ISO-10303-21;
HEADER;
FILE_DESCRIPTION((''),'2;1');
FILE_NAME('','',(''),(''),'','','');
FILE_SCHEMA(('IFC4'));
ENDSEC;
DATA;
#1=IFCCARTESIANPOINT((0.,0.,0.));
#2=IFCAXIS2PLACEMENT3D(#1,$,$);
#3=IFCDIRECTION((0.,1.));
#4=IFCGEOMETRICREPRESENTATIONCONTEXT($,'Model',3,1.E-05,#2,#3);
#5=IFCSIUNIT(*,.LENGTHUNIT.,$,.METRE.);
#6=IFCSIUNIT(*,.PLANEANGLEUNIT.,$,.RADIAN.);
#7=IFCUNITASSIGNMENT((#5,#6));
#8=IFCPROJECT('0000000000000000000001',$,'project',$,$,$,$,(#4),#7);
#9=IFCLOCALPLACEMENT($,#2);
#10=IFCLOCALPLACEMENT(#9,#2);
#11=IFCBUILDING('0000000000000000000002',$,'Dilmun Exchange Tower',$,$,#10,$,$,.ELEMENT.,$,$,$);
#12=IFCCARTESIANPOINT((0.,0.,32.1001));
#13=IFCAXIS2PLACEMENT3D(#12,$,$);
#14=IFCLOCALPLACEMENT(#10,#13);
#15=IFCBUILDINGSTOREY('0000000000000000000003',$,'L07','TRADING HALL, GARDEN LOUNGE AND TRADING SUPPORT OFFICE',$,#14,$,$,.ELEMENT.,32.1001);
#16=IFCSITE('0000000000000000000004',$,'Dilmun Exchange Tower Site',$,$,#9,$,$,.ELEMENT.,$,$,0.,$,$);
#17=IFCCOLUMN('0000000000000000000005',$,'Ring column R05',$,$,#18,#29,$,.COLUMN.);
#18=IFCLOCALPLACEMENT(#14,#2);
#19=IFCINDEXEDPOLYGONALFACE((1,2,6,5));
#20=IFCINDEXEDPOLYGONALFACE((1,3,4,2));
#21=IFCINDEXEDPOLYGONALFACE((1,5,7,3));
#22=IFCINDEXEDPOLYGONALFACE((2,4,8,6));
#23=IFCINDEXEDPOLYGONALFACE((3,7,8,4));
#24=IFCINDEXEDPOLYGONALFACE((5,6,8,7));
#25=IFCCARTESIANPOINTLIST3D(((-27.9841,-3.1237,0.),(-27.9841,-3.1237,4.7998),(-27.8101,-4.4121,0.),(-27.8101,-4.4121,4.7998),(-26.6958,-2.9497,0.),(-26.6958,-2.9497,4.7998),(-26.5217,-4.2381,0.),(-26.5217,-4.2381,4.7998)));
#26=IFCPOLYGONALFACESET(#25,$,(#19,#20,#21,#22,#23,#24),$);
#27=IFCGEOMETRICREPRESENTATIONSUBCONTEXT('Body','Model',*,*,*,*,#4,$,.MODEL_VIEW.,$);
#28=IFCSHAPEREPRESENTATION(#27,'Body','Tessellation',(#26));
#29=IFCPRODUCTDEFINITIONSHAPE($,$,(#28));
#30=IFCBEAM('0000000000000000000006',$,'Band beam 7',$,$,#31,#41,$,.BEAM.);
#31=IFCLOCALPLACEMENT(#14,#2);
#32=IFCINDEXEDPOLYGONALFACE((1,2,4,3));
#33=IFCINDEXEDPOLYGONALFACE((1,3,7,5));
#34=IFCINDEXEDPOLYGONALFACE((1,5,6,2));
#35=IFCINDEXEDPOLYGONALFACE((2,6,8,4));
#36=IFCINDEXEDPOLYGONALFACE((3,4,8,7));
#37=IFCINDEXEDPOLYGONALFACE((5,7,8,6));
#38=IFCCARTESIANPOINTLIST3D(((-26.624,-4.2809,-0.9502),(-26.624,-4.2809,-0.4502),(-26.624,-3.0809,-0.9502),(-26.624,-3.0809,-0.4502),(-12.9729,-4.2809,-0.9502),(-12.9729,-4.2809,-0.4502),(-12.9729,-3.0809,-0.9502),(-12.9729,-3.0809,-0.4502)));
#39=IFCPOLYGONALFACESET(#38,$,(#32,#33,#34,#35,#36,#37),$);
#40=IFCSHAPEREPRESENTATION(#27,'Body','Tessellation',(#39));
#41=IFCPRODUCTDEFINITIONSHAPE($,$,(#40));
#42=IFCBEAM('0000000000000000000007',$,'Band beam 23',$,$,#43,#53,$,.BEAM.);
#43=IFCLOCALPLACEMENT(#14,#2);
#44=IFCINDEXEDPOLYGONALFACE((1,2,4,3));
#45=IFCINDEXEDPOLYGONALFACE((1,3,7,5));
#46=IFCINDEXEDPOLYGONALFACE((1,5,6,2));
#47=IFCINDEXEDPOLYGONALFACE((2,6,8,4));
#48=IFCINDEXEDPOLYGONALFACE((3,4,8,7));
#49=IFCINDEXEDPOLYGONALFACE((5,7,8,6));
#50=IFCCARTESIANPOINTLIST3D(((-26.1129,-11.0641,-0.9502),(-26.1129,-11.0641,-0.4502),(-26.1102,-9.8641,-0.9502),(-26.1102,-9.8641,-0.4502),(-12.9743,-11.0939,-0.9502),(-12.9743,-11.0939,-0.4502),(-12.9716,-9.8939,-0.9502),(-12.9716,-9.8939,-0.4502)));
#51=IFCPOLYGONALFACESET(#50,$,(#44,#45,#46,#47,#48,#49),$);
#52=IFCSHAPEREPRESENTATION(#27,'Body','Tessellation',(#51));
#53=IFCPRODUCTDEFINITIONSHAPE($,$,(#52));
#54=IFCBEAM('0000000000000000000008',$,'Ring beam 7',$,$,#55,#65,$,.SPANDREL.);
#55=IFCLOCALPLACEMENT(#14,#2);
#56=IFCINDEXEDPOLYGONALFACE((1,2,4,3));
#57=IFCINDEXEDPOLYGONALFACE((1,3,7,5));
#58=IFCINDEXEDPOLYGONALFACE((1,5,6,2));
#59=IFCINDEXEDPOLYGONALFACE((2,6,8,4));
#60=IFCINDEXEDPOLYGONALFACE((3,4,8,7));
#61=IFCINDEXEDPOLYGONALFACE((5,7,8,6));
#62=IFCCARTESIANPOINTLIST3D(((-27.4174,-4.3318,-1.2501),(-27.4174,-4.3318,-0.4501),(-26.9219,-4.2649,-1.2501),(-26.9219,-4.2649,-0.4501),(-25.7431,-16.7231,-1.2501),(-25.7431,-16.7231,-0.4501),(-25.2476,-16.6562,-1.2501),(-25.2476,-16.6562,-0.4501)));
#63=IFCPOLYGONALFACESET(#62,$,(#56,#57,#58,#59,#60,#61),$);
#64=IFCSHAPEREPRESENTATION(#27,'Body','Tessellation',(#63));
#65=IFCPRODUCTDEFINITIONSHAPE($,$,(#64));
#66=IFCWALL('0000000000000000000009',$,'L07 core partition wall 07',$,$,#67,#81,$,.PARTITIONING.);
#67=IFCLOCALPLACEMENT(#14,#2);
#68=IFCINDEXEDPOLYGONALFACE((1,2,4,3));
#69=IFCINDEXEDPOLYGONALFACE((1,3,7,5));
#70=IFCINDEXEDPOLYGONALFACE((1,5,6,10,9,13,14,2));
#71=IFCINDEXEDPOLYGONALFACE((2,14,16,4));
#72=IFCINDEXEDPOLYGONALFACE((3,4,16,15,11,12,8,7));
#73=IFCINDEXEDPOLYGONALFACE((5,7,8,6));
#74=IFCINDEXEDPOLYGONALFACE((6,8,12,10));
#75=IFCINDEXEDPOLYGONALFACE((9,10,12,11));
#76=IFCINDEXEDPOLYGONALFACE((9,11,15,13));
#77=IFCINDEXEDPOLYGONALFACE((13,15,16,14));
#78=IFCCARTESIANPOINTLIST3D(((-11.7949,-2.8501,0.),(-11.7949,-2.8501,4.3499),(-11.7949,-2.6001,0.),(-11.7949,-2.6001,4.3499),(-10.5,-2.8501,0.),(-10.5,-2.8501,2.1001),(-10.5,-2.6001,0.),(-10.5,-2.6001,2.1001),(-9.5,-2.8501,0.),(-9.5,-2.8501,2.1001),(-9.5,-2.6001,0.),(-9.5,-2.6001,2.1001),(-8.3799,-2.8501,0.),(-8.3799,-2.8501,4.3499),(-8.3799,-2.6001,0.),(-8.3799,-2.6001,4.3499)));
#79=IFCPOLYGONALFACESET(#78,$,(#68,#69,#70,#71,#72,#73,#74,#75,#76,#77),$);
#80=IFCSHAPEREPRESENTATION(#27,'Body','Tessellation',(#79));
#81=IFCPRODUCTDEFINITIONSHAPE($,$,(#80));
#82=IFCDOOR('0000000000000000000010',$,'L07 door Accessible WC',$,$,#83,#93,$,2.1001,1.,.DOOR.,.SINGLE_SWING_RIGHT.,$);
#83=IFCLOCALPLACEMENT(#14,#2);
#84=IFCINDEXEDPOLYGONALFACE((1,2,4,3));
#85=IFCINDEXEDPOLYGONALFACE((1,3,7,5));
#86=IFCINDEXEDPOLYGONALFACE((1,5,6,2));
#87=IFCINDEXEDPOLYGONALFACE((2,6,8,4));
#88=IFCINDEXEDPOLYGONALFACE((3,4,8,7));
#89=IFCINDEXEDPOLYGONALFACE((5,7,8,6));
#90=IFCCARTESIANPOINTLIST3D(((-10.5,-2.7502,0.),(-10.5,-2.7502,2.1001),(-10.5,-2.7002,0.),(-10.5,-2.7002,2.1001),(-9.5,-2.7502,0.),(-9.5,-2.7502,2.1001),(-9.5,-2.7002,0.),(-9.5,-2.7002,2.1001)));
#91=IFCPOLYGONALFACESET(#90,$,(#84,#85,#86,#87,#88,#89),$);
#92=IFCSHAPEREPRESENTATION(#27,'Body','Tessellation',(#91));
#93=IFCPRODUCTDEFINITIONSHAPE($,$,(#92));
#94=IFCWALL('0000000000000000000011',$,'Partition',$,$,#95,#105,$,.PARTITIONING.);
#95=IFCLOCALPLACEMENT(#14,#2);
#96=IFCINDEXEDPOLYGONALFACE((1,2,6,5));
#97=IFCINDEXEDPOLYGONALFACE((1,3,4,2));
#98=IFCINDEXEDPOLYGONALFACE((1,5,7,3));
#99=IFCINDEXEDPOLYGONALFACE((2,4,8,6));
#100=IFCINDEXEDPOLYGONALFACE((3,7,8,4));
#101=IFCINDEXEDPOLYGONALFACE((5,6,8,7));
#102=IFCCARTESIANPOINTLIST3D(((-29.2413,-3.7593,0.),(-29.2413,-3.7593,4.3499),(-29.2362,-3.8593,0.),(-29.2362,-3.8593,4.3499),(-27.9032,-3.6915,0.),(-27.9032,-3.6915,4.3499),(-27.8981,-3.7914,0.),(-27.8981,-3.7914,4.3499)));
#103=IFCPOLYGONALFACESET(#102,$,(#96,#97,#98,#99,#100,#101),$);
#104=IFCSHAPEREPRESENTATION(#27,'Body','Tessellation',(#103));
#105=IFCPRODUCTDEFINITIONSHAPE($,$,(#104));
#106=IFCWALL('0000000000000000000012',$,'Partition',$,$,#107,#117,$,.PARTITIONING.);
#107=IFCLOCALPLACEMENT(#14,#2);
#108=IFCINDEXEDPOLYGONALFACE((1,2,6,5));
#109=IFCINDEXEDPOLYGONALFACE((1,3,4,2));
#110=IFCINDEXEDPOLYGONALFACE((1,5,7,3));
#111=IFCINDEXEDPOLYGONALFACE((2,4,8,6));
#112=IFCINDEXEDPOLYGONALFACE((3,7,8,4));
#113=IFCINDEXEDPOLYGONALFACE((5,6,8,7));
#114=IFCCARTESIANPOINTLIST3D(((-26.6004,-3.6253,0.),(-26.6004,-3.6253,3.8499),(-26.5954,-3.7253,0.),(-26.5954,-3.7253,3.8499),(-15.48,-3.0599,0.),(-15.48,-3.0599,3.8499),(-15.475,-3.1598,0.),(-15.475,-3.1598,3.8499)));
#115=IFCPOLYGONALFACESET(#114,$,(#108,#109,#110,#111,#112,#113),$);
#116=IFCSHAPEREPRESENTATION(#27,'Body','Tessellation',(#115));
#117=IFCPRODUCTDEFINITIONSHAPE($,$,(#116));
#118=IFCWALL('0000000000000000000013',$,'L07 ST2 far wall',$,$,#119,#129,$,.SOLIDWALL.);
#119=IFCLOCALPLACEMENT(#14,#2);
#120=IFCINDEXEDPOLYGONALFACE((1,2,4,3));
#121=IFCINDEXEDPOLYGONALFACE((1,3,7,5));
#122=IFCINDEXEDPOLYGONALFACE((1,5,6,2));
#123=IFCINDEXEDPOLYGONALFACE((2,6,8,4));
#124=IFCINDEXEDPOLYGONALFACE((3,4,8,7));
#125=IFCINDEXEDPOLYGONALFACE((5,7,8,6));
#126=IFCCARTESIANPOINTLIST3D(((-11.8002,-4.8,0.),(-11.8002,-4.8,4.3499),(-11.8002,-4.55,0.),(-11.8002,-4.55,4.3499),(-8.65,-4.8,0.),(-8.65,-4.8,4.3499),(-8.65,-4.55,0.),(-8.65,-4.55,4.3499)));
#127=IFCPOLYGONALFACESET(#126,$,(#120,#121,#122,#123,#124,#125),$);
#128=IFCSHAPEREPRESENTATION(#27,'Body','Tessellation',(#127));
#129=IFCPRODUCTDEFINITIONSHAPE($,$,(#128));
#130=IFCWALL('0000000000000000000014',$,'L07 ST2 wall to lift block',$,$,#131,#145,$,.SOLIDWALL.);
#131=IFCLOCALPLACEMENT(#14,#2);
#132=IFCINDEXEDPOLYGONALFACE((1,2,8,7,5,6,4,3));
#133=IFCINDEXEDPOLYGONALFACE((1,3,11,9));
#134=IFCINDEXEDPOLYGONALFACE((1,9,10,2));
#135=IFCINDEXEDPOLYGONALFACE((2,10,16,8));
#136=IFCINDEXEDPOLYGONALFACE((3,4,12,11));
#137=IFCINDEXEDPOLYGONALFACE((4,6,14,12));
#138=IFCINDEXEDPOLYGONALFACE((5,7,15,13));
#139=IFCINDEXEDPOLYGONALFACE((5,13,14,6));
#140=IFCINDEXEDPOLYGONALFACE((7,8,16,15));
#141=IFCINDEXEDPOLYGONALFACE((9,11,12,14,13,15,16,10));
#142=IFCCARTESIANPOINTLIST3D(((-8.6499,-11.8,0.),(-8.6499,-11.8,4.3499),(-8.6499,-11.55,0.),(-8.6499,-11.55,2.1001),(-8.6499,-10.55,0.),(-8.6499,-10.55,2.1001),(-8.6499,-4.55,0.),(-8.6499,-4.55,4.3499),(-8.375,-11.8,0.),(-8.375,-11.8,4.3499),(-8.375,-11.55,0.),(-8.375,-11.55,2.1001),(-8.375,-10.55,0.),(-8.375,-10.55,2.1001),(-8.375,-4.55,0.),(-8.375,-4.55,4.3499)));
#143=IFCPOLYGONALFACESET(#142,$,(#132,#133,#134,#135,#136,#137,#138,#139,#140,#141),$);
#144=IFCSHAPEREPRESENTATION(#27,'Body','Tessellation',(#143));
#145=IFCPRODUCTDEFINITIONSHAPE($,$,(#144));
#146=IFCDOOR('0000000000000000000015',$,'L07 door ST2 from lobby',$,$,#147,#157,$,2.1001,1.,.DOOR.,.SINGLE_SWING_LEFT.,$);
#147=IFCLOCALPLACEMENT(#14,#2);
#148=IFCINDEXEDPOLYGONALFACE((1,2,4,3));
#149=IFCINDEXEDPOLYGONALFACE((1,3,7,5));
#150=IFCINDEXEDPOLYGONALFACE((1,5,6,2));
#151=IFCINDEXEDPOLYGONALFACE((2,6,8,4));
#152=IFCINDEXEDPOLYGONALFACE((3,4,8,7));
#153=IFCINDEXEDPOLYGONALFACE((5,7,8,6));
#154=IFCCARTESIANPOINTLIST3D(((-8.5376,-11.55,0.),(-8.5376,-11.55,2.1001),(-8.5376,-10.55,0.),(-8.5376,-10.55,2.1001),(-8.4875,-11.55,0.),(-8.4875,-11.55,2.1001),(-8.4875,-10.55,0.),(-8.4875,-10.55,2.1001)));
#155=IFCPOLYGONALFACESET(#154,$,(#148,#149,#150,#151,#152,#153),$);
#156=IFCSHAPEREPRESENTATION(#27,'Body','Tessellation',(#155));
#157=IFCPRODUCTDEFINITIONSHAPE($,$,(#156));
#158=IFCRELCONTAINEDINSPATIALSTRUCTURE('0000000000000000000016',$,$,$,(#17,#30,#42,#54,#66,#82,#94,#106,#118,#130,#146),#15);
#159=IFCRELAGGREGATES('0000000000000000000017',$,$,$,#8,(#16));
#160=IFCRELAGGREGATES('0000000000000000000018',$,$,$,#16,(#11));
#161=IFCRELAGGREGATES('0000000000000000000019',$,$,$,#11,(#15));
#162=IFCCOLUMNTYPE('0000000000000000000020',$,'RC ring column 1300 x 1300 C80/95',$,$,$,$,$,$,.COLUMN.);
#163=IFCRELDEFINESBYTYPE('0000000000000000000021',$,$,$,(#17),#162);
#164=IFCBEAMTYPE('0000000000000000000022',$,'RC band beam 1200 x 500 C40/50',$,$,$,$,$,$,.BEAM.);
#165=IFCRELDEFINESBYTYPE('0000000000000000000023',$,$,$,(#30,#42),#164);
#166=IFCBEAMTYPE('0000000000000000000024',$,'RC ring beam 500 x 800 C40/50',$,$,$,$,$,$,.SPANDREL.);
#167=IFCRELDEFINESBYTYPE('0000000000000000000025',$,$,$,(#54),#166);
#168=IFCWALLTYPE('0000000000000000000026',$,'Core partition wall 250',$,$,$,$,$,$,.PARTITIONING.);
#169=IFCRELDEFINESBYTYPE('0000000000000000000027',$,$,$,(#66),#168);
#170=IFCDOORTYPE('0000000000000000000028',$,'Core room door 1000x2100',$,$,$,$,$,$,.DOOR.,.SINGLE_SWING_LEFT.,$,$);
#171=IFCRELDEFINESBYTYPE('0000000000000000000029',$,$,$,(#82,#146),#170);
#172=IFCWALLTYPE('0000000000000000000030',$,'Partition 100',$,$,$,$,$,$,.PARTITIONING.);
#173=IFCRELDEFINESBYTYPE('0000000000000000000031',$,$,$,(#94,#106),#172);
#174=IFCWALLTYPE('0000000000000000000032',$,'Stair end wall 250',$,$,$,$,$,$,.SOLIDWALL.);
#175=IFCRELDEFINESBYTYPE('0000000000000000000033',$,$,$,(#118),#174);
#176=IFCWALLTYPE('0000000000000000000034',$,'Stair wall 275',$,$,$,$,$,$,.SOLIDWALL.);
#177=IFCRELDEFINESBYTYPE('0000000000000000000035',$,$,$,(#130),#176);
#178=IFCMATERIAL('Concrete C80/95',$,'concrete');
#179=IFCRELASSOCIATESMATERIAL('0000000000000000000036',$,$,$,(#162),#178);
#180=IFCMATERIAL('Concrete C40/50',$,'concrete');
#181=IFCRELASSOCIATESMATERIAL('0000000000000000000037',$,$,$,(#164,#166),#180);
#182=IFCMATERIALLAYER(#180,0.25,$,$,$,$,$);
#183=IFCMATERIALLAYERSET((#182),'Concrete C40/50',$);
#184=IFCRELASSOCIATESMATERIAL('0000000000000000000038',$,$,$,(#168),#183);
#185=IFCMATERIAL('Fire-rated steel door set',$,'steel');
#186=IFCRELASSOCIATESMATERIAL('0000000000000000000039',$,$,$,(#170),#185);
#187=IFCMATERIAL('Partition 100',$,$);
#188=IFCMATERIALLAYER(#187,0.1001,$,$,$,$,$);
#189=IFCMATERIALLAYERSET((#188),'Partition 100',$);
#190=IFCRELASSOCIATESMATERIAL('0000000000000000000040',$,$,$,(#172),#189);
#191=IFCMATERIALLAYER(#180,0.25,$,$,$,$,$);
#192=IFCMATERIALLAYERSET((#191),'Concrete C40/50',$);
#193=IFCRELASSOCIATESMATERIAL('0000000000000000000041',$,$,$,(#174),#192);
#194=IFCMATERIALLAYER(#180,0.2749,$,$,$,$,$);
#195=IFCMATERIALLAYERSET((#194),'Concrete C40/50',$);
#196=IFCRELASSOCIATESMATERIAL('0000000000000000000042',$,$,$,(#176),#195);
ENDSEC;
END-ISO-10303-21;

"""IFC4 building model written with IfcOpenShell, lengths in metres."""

from ifc_helpers import new_model, si_unit, direction, frame, frame_2d, origin, origin_2d, place, context, subcontext, project, spatial, rectangle, extrude, material, layer, layer_set, material_profile, profile_set, type_object, element, fill, save


model = new_model("IFC4")

# Units and contexts
model_context = context("Model", 3, precision=1e-05, world=origin(), true_north=direction((0.0, 1.0)))
body_context = subcontext(model_context, "Body", "Model", "MODEL_VIEW")
ifc_project = project(units=[si_unit("LENGTHUNIT", "METRE"), si_unit("PLANEANGLEUNIT", "RADIAN")], contexts=[model_context])

# Site, building, storey
site_placement = place(None, origin())
site = spatial("IfcSite", under=ifc_project, at=site_placement, Name="Dilmun Exchange Tower Site", CompositionType="ELEMENT", RefElevation=0.0)
building_placement = place(site_placement, origin())
building = spatial("IfcBuilding", under=site, at=building_placement, Name="Dilmun Exchange Tower", CompositionType="ELEMENT")
storey_placement = place(building_placement, frame((0.0, 0.0, 32.1001)))
storey = spatial("IfcBuildingStorey", under=building, at=storey_placement, Name="L07", Description="TRADING HALL, GARDEN LOUNGE AND TRADING SUPPORT OFFICE", CompositionType="ELEMENT", Elevation=32.1001)

# Column
ifc_material_1 = material(Name="Concrete C80/95", Category="concrete")
ifc_material_profile_1 = material_profile(ifc_material_1, rectangle(XDim=1.3, YDim=1.3, at=origin_2d()), Name="1300 x 1300")
ifc_profile_set_1 = profile_set([ifc_material_profile_1], Name="Concrete C80/95")
column_type = type_object("IfcColumnType", Name="RC ring column 1300 x 1300 C80/95", PredefinedType="COLUMN", material=ifc_profile_set_1)
column_placement = place(storey_placement, frame((-27.2529, -3.6809, 0.0), z_axis=(0.0, 0.0, 1.0), x_axis=(0.991001, 0.133853, 0.0)))
element("IfcColumn", 1, at=column_placement, inside=storey, type_object=column_type, Name="Ring column R05", PredefinedType="COLUMN", context=body_context, shape_type="SweptSolid", body=[
    extrude(rectangle(XDim=1.3, YDim=1.3, at=origin_2d()), origin(), (0.0, 0.0, 1.0), 4.7998),
])

# Beams
ifc_material_2 = material(Name="Concrete C40/50", Category="concrete")
ifc_material_profile_2 = material_profile(ifc_material_2, rectangle(XDim=1.2, YDim=0.5, at=origin_2d()), Name="1200 x 500")
ifc_profile_set_2 = profile_set([ifc_material_profile_2], Name="Concrete C40/50")
beam_type_1 = type_object("IfcBeamType", Name="RC band beam 1200 x 500 C40/50", PredefinedType="BEAM", material=ifc_profile_set_2)
beam_1_placement = place(storey_placement, frame((-26.624, -3.6809, -0.7002), z_axis=(1.0, 0.0, 0.0), x_axis=(0.0, 1.0, 0.0)))
element("IfcBeam", 2, at=beam_1_placement, inside=storey, type_object=beam_type_1, Name="Band beam 7", PredefinedType="BEAM", context=body_context, shape_type="SweptSolid", body=[
    extrude(rectangle(XDim=1.2, YDim=0.5, at=origin_2d()), origin(), (0.0, 0.0, 1.0), 13.6511),
])
beam_2_placement = place(storey_placement, frame((-26.1116, -10.4641, -0.7002), z_axis=(0.999997, -0.002267, 0.0), x_axis=(0.002267, 0.999997, 0.0)))
element("IfcBeam", 3, at=beam_2_placement, inside=storey, type_object=beam_type_1, Name="Band beam 23", PredefinedType="BEAM", context=body_context, shape_type="SweptSolid", body=[
    extrude(rectangle(XDim=1.2, YDim=0.5, at=origin_2d()), origin(), (0.0, 0.0, 1.0), 13.1387),
])
ifc_material_profile_3 = material_profile(ifc_material_2, rectangle(XDim=0.5, YDim=0.8, at=origin_2d()), Name="500 x 800")
ifc_profile_set_3 = profile_set([ifc_material_profile_3], Name="Concrete C40/50")
beam_type_2 = type_object("IfcBeamType", Name="RC ring beam 500 x 800 C40/50", PredefinedType="SPANDREL", material=ifc_profile_set_3)
beam_3_placement = place(storey_placement, frame((-27.1697, -4.2983, -0.8501), z_axis=(0.133903, -0.990994, 0.0), x_axis=(0.990994, 0.133903, 0.0)))
element("IfcBeam", 4, at=beam_3_placement, inside=storey, type_object=beam_type_2, Name="Ring beam 7", PredefinedType="SPANDREL", context=body_context, shape_type="SweptSolid", body=[
    extrude(rectangle(XDim=0.5, YDim=0.8, at=origin_2d()), origin(), (0.0, 0.0, 1.0), 12.5039),
])

# Wall, opening, door
ifc_layer_1 = layer(ifc_material_2, 0.25)
ifc_layer_set_1 = layer_set([ifc_layer_1], Name="Concrete C40/50")
wall_type_1 = type_object("IfcWallType", Name="Core partition wall 250", PredefinedType="PARTITIONING", material=ifc_layer_set_1)
wall_1_placement = place(storey_placement, frame((-11.7949, -2.7251, 0.0), z_axis=(0.0, 0.0, 1.0), x_axis=(1.0, 0.0, 0.0)))
wall_1 = element("IfcWall", 5, at=wall_1_placement, inside=storey, type_object=wall_type_1, Name="L07 core partition wall 07", PredefinedType="PARTITIONING", context=body_context, shape_type="SweptSolid", body=[
    extrude(rectangle(XDim=3.415, YDim=0.25, at=frame_2d((1.7075, 0.0))), origin(), (0.0, 0.0, 1.0), 4.3499),
])
opening_1_placement = place(wall_1_placement, frame((1.2949, 0.0, 0.0)))
opening_1 = element("IfcOpeningElement", 6, at=opening_1_placement, cuts=wall_1, PredefinedType="OPENING", context=body_context, shape_type="SweptSolid", body=[
    extrude(rectangle(XDim=1.0, YDim=2.1001, at=frame_2d((0.5, 1.05))), frame((0.0, 0.135, 0.0), z_axis=(0.0, -1.0, 0.0), x_axis=(1.0, 0.0, 0.0)), (0.0, 0.0, 1.0), 0.27),
])
ifc_material_3 = material(Name="Fire-rated steel door set", Category="steel")
door_type = type_object("IfcDoorType", Name="Core room door 1000x2100", OperationType="SINGLE_SWING_LEFT", PredefinedType="DOOR", material=ifc_material_3)
door_1_placement = place(opening_1_placement, origin())
door_1 = element("IfcDoor", 7, at=door_1_placement, inside=storey, type_object=door_type, Name="L07 door Accessible WC", OperationType="SINGLE_SWING_RIGHT", OverallHeight=2.1001, OverallWidth=1.0, PredefinedType="DOOR", context=body_context, shape_type="SweptSolid", body=[
    extrude(rectangle(XDim=1.0, YDim=2.1001, at=frame_2d((0.5, 1.05))), frame((0.0, 0.0249, 0.0), z_axis=(0.0, -1.0, 0.0), x_axis=(1.0, 0.0, 0.0)), (0.0, 0.0, 1.0), 0.05),
])
fill(opening_1, door_1)

# Walls
ifc_material_4 = material(Name="Partition 100")
ifc_layer_2 = layer(ifc_material_4, 0.1001)
ifc_layer_set_2 = layer_set([ifc_layer_2], Name="Partition 100")
wall_type_2 = type_object("IfcWallType", Name="Partition 100", PredefinedType="PARTITIONING", material=ifc_layer_set_2)
wall_2_placement = place(storey_placement, frame((-29.2388, -3.8093, 0.0), z_axis=(0.0, 0.0, 1.0), x_axis=(0.998716, 0.050656, 0.0)))
element("IfcWall", 8, at=wall_2_placement, inside=storey, type_object=wall_type_2, Name="Partition", PredefinedType="PARTITIONING", context=body_context, shape_type="SweptSolid", body=[
    extrude(rectangle(XDim=1.3398, YDim=0.1001, at=frame_2d((0.6699, 0.0))), origin(), (0.0, 0.0, 1.0), 4.3499),
])
wall_3_placement = place(storey_placement, frame((-26.5979, -3.6753, 0.0), z_axis=(0.0, 0.0, 1.0), x_axis=(0.99871, 0.050781, 0.0)))
element("IfcWall", 9, at=wall_3_placement, inside=storey, type_object=wall_type_2, Name="Partition", PredefinedType="PARTITIONING", context=body_context, shape_type="SweptSolid", body=[
    extrude(rectangle(XDim=11.1348, YDim=0.1001, at=frame_2d((5.5674, 0.0))), origin(), (0.0, 0.0, 1.0), 3.8499),
])
ifc_layer_3 = layer(ifc_material_2, 0.25)
ifc_layer_set_3 = layer_set([ifc_layer_3], Name="Concrete C40/50")
wall_type_3 = type_object("IfcWallType", Name="Stair end wall 250", PredefinedType="SOLIDWALL", material=ifc_layer_set_3)
wall_4_placement = place(storey_placement, frame((-8.6499, -4.675, 0.0), z_axis=(0.0, 0.0, 1.0), x_axis=(-1.0, 0.0, 0.0)))
element("IfcWall", 10, at=wall_4_placement, inside=storey, type_object=wall_type_3, Name="L07 ST2 far wall", PredefinedType="SOLIDWALL", context=body_context, shape_type="SweptSolid", body=[
    extrude(rectangle(XDim=3.1501, YDim=0.25, at=frame_2d((1.5752, 0.0))), origin(), (0.0, 0.0, 1.0), 4.3499),
])

# Wall, opening, door
ifc_layer_4 = layer(ifc_material_2, 0.2749)
ifc_layer_set_4 = layer_set([ifc_layer_4], Name="Concrete C40/50")
wall_type_4 = type_object("IfcWallType", Name="Stair wall 275", PredefinedType="SOLIDWALL", material=ifc_layer_set_4)
wall_5_placement = place(storey_placement, frame((-8.5125, -4.55, 0.0), z_axis=(0.0, 0.0, 1.0), x_axis=(0.0, -1.0, 0.0)))
wall_5 = element("IfcWall", 11, at=wall_5_placement, inside=storey, type_object=wall_type_4, Name="L07 ST2 wall to lift block", PredefinedType="SOLIDWALL", context=body_context, shape_type="SweptSolid", body=[
    extrude(rectangle(XDim=7.25, YDim=0.2749, at=frame_2d((3.625, 0.0))), origin(), (0.0, 0.0, 1.0), 4.3499),
])
opening_2_placement = place(wall_5_placement, frame((6.0, 0.0, 0.0)))
opening_2 = element("IfcOpeningElement", 12, at=opening_2_placement, cuts=wall_5, PredefinedType="OPENING", context=body_context, shape_type="SweptSolid", body=[
    extrude(rectangle(XDim=1.0, YDim=2.1001, at=frame_2d((0.5, 1.05))), frame((0.0, 0.1475, 0.0), z_axis=(0.0, -1.0, 0.0), x_axis=(1.0, 0.0, 0.0)), (0.0, 0.0, 1.0), 0.2949),
])
door_2_placement = place(opening_2_placement, origin())
door_2 = element("IfcDoor", 13, at=door_2_placement, inside=storey, type_object=door_type, Name="L07 door ST2 from lobby", OperationType="SINGLE_SWING_LEFT", OverallHeight=2.1001, OverallWidth=1.0, PredefinedType="DOOR", context=body_context, shape_type="SweptSolid", body=[
    extrude(rectangle(XDim=1.0, YDim=2.1001, at=frame_2d((0.5, 1.05))), frame((0.0, 0.0249, 0.0), z_axis=(0.0, -1.0, 0.0), x_axis=(1.0, 0.0, 0.0)), (0.0, 0.0, 1.0), 0.05),
])
fill(opening_2, door_2)

save(model, "model.ifc")
